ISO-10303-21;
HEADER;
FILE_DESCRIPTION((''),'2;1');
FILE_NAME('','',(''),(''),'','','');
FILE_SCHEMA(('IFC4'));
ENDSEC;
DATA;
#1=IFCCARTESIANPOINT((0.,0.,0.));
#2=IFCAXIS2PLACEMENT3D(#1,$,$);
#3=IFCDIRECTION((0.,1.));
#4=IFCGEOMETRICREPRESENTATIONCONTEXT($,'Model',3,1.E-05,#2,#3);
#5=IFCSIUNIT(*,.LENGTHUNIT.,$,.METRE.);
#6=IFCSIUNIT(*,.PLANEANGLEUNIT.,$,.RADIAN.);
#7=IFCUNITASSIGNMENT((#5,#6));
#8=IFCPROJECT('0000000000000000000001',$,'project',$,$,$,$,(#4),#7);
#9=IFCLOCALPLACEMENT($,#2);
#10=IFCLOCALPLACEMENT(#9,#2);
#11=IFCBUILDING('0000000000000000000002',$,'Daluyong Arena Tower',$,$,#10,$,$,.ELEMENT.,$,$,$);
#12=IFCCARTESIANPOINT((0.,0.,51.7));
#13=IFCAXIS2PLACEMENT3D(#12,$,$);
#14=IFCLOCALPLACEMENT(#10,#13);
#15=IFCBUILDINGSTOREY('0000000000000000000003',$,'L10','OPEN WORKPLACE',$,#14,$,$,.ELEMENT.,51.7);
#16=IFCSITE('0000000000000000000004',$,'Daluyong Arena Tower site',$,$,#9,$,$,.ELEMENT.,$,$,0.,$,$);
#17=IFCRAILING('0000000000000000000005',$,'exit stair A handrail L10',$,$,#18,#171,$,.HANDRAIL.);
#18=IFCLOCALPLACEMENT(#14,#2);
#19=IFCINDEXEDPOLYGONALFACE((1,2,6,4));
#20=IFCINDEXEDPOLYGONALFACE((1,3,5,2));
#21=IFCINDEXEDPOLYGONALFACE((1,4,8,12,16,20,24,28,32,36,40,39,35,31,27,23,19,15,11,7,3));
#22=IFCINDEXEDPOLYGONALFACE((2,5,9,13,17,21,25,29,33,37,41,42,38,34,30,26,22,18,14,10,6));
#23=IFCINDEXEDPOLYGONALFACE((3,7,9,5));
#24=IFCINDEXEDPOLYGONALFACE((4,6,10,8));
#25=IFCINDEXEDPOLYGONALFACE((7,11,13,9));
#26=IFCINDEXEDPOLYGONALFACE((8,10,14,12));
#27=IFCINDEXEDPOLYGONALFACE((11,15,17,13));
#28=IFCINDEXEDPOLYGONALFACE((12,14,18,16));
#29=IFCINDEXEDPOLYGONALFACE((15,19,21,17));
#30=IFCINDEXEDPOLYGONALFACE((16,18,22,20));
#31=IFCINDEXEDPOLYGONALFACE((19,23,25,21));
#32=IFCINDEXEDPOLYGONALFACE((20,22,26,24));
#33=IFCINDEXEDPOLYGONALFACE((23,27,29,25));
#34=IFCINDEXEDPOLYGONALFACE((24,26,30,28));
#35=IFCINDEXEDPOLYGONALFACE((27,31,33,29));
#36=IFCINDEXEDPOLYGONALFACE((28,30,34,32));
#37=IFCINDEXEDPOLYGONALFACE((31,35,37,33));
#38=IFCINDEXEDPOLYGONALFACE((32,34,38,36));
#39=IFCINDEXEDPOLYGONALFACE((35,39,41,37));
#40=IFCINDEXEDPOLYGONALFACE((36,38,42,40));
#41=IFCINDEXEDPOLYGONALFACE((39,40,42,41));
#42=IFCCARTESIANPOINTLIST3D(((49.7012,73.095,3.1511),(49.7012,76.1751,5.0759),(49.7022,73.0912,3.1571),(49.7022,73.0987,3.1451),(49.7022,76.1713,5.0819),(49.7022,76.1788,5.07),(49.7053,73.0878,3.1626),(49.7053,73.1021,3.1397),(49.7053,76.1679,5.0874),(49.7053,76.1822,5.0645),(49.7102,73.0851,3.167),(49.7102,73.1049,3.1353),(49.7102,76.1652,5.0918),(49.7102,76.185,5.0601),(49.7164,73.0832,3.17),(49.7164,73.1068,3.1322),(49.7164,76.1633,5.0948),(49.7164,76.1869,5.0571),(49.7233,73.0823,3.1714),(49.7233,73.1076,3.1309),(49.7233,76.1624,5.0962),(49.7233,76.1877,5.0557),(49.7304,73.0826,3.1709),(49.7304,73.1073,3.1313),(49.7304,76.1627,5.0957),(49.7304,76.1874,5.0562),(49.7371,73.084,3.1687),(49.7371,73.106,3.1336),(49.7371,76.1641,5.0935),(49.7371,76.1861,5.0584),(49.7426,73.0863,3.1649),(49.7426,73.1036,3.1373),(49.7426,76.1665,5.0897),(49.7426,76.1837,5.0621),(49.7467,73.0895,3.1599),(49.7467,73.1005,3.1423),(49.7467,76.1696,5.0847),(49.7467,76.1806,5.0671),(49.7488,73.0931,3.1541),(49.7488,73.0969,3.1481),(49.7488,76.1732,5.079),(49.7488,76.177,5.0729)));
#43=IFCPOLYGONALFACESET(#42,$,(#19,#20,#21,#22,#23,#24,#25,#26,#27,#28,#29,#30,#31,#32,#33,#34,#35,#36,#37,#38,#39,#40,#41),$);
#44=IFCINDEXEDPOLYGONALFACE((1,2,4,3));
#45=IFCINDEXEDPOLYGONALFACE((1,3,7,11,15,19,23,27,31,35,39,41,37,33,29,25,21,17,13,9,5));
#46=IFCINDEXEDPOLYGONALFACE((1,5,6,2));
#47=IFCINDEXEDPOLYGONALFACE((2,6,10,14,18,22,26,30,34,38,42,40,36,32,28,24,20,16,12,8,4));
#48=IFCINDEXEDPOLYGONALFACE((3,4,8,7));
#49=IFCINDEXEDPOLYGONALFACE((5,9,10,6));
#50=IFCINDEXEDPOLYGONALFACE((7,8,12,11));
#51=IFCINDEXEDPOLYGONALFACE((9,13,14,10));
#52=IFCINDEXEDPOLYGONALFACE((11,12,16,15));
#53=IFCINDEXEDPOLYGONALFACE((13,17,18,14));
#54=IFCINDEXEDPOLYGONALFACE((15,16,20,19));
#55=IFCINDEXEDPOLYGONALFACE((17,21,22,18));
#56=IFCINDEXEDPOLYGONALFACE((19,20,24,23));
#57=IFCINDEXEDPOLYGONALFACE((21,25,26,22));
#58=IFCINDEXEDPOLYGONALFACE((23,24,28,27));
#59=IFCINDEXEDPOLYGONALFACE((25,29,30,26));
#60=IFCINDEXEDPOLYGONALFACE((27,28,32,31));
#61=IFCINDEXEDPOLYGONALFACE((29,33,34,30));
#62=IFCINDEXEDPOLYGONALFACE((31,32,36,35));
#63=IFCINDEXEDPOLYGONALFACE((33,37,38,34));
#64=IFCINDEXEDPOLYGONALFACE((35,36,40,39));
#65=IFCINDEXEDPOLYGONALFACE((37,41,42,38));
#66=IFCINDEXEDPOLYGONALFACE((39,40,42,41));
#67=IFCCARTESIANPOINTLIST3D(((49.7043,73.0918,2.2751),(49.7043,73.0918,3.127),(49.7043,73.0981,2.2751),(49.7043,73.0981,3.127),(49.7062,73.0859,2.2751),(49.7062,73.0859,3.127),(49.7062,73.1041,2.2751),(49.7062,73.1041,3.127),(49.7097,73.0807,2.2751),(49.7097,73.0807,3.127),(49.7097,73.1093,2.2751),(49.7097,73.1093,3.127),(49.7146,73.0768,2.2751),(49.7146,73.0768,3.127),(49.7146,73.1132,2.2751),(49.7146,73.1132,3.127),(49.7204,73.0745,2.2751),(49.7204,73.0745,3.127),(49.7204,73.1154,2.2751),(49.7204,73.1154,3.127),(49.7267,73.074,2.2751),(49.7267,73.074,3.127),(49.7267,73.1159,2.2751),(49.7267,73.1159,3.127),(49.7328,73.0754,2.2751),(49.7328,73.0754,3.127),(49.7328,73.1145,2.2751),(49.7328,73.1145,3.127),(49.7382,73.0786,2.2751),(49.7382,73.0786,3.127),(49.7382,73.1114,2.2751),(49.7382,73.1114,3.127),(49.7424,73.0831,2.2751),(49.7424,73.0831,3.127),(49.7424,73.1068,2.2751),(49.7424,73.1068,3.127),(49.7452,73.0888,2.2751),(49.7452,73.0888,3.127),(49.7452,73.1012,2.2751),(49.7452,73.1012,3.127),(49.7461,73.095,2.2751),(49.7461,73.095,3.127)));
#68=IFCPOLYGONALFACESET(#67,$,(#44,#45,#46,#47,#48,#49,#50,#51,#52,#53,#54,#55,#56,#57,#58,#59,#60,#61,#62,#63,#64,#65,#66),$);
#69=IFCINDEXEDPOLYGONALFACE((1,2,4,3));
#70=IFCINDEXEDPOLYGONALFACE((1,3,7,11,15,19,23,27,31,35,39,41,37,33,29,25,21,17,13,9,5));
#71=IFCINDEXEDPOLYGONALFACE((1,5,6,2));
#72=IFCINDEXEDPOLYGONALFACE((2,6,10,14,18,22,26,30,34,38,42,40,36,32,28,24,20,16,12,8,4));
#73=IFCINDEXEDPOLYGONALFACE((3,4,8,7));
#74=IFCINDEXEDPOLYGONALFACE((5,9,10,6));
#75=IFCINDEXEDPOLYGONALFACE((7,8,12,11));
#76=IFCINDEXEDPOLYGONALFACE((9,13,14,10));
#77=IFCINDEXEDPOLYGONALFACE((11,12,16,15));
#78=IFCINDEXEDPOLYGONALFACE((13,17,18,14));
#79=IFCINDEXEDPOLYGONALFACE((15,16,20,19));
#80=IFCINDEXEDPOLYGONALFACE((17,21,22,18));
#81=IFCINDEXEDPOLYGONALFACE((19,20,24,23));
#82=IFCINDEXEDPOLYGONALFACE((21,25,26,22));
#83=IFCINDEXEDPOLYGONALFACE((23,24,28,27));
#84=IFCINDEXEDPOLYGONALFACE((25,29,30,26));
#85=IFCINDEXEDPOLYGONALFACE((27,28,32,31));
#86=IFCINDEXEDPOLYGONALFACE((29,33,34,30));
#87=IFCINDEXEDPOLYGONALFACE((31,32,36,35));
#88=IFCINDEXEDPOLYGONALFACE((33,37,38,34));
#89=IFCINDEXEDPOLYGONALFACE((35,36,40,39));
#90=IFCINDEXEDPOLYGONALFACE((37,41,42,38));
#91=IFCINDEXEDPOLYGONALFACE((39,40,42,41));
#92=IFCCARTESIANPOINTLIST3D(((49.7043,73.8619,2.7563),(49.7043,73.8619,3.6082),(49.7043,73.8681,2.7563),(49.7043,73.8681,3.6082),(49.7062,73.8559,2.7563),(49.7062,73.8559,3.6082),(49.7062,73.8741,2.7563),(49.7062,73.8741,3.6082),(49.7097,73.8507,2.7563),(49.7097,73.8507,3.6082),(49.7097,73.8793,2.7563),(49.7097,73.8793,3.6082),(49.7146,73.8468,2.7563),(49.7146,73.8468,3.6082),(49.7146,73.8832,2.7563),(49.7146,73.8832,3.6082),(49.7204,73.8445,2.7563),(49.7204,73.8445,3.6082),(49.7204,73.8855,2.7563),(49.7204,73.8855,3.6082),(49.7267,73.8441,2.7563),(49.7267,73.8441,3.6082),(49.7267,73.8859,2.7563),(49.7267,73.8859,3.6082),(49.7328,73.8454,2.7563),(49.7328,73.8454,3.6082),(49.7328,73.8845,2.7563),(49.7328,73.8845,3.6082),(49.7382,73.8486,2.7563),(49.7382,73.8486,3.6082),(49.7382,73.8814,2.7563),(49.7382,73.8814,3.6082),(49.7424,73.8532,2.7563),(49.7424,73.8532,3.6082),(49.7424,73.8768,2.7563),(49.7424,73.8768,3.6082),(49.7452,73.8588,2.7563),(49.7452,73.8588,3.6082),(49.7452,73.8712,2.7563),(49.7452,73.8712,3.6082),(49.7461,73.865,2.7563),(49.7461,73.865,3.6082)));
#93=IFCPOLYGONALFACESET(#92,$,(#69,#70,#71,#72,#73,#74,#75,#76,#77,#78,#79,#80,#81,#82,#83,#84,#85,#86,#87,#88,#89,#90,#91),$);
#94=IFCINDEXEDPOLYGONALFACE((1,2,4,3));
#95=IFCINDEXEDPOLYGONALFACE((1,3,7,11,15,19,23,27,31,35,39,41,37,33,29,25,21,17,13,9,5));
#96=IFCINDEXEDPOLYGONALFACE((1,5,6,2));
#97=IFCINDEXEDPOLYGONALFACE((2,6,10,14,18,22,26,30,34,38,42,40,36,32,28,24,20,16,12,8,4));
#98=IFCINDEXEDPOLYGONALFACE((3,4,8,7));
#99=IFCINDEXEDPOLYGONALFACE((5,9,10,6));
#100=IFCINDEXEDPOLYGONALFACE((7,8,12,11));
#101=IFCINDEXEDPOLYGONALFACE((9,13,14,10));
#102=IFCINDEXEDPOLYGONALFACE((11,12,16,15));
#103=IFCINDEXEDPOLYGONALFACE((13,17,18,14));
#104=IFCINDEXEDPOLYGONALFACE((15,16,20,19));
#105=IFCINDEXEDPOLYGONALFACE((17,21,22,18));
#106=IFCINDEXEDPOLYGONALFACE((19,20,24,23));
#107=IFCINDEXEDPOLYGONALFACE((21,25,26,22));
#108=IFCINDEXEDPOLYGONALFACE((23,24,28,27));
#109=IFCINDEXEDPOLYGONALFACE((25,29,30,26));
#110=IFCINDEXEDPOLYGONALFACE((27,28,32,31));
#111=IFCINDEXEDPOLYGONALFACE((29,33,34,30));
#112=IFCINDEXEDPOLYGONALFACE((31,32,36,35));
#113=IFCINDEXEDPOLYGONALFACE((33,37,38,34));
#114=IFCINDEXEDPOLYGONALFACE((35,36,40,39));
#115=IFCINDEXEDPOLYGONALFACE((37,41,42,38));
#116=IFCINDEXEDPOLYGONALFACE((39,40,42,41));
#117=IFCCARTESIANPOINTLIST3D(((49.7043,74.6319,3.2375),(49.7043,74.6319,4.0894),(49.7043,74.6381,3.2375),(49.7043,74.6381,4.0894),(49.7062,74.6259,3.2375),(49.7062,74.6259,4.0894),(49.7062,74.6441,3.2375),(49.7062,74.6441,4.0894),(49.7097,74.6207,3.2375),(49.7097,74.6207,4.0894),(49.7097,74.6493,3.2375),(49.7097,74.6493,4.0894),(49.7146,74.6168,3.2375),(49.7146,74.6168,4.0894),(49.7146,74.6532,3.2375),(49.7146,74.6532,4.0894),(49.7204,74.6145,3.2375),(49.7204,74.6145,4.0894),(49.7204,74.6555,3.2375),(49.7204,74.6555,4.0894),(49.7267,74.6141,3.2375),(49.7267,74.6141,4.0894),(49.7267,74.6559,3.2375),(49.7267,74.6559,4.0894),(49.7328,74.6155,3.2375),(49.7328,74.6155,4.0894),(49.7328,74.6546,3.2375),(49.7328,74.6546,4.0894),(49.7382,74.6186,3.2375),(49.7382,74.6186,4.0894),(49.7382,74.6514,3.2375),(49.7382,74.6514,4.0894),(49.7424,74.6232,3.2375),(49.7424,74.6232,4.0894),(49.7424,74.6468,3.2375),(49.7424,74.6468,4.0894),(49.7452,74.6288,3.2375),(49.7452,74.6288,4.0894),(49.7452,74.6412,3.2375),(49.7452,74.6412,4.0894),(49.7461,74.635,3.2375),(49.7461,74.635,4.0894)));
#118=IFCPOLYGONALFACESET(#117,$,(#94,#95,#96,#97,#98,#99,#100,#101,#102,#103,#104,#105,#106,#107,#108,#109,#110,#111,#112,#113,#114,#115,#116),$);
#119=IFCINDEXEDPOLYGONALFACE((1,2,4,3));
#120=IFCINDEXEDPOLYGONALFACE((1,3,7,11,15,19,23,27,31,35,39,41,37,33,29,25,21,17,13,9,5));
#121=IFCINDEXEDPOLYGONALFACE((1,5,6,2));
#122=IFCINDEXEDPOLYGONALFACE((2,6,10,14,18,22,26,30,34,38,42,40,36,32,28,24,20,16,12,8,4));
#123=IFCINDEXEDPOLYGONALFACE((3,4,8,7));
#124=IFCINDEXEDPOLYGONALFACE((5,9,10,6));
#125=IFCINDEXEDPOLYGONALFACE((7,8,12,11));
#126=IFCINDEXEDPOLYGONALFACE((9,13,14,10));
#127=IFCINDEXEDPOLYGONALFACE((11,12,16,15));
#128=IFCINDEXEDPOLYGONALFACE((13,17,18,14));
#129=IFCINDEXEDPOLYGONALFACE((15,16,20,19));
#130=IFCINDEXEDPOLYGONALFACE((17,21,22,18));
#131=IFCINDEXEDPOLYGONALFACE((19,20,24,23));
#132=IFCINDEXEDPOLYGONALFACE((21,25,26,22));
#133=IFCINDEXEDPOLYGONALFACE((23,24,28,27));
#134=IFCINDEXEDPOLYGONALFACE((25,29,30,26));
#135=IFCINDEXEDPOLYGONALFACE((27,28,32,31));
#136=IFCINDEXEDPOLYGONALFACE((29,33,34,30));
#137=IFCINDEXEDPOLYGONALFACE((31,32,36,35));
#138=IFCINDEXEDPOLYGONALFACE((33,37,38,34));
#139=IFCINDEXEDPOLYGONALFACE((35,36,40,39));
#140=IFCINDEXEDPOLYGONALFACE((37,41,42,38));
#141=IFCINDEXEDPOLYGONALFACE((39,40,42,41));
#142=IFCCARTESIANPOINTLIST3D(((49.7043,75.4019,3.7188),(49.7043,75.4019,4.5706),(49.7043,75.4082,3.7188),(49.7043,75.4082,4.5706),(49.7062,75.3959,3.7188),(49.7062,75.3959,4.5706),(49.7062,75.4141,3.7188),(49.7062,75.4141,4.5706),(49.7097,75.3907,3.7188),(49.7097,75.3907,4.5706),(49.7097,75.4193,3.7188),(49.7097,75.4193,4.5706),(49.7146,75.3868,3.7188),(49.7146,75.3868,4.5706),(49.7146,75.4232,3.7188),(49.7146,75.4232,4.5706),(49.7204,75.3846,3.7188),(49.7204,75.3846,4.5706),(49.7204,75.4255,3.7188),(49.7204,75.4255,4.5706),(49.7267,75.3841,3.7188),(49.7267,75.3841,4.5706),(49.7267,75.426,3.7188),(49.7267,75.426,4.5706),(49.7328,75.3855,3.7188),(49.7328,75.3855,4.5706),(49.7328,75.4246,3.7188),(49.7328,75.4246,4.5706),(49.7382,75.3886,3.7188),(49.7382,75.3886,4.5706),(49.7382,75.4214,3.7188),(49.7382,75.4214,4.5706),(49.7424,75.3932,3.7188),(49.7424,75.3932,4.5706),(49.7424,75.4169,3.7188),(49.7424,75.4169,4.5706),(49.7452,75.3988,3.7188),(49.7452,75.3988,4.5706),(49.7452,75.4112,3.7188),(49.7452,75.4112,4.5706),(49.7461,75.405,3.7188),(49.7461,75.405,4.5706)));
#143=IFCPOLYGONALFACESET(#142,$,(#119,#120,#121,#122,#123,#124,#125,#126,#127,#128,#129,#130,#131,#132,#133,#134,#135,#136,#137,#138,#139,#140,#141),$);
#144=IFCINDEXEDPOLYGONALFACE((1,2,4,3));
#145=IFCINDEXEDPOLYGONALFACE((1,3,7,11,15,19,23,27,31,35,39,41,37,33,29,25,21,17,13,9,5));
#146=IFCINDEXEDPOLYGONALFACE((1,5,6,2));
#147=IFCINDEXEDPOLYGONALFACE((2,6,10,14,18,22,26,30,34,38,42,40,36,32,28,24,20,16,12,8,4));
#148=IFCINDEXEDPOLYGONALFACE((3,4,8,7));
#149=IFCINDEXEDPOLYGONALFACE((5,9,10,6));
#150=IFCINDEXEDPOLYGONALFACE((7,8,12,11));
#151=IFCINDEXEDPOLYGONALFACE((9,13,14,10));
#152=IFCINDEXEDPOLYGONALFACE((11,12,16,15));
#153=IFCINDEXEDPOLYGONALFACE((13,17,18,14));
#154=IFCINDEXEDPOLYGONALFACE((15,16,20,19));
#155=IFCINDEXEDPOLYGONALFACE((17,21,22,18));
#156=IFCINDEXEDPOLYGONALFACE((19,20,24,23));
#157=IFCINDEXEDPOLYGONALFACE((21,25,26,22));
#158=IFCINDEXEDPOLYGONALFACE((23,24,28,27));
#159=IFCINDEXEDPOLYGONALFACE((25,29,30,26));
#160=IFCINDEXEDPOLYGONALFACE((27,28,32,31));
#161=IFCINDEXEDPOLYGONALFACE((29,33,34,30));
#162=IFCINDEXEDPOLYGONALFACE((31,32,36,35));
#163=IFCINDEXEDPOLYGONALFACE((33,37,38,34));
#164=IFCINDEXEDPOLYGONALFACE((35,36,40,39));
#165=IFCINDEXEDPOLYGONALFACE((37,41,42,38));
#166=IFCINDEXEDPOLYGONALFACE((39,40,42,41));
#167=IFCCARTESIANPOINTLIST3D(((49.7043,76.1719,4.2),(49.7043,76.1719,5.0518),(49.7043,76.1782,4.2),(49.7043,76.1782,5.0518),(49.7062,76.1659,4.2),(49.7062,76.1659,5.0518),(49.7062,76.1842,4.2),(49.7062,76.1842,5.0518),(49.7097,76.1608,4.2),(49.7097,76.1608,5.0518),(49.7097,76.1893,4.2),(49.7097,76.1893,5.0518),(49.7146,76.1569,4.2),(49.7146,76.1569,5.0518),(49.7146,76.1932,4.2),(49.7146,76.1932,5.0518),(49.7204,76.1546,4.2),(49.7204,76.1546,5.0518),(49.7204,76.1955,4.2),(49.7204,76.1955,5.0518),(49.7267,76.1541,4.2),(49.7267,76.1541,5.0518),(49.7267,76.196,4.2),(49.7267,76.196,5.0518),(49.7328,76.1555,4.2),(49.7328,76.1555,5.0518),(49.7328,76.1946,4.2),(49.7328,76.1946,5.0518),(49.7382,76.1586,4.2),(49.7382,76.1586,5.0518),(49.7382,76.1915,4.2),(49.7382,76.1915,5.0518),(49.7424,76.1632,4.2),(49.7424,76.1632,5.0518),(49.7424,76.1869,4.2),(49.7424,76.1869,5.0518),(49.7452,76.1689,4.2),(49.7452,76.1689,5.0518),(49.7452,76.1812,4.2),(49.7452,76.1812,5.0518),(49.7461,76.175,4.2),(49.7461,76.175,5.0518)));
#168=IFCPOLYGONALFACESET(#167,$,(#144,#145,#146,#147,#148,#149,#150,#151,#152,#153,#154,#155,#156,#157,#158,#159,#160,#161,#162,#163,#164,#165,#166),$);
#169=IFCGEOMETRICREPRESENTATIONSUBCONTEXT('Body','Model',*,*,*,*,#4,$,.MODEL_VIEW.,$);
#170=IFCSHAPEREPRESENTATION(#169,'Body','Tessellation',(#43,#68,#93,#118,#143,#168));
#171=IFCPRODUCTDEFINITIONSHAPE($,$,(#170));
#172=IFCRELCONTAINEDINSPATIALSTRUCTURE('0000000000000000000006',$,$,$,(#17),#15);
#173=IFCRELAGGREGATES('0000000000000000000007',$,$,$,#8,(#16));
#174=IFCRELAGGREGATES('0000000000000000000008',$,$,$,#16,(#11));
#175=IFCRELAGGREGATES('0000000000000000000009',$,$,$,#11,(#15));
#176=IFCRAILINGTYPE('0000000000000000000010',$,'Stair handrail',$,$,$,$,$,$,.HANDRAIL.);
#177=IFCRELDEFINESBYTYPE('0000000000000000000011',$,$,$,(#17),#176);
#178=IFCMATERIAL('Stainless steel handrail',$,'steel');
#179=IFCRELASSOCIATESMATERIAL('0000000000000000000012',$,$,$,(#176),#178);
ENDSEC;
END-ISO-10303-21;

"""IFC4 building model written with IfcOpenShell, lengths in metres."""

from ifc_helpers import new_model, si_unit, direction, frame, origin, origin_2d, place, context, subcontext, project, spatial, circle, extrude, material, type_object, element, save


model = new_model("IFC4")

# Units and contexts
model_context = context("Model", 3, precision=1e-05, world=origin(), true_north=direction((0.0, 1.0)))
body_context = subcontext(model_context, "Body", "Model", "MODEL_VIEW")
ifc_project = project(units=[si_unit("LENGTHUNIT", "METRE"), si_unit("PLANEANGLEUNIT", "RADIAN")], contexts=[model_context])

# Site, building, storey
site_placement = place(None, origin())
site = spatial("IfcSite", under=ifc_project, at=site_placement, Name="Daluyong Arena Tower site", CompositionType="ELEMENT", RefElevation=0.0)
building_placement = place(site_placement, origin())
building = spatial("IfcBuilding", under=site, at=building_placement, Name="Daluyong Arena Tower", CompositionType="ELEMENT")
storey_placement = place(building_placement, frame((0.0, 0.0, 51.7)))
storey = spatial("IfcBuildingStorey", under=building, at=storey_placement, Name="L10", Description="OPEN WORKPLACE", CompositionType="ELEMENT", Elevation=51.7)

# Railing
ifc_material_1 = material(Name="Stainless steel handrail", Category="steel")
railing_type_1 = type_object("IfcRailingType", Name="Stair handrail", PredefinedType="HANDRAIL", material=ifc_material_1)
railing_1_placement = place(storey_placement, frame((49.7251, 73.095, 2.2751)))
element("IfcRailing", 1, at=railing_1_placement, inside=storey, type_object=railing_type_1, Name="exit stair A handrail L10", PredefinedType="HANDRAIL", context=body_context, shape_type="SweptSolid", body=[
    extrude(circle(Radius=0.0239, at=origin_2d()), frame((0.0, 0.0, 0.876), z_axis=(0.0, 0.848029, 0.529951), x_axis=(-1.0, 0.0, 0.0)), (0.0, 0.0, 1.0), 3.6321),
    extrude(circle(Radius=0.021, at=origin_2d()), origin(), (0.0, 0.0, 1.0), 0.8518),
    extrude(circle(Radius=0.021, at=origin_2d()), frame((0.0, 0.77, 0.4812)), (0.0, 0.0, 1.0), 0.8518),
    extrude(circle(Radius=0.021, at=origin_2d()), frame((0.0, 1.54, 0.9624)), (0.0, 0.0, 1.0), 0.8518),
    extrude(circle(Radius=0.021, at=origin_2d()), frame((0.0, 2.3101, 1.4436)), (0.0, 0.0, 1.0), 0.8518),
    extrude(circle(Radius=0.021, at=origin_2d()), frame((0.0, 3.0801, 1.9248)), (0.0, 0.0, 1.0), 0.8518),
])

save(model, "model.ifc")
